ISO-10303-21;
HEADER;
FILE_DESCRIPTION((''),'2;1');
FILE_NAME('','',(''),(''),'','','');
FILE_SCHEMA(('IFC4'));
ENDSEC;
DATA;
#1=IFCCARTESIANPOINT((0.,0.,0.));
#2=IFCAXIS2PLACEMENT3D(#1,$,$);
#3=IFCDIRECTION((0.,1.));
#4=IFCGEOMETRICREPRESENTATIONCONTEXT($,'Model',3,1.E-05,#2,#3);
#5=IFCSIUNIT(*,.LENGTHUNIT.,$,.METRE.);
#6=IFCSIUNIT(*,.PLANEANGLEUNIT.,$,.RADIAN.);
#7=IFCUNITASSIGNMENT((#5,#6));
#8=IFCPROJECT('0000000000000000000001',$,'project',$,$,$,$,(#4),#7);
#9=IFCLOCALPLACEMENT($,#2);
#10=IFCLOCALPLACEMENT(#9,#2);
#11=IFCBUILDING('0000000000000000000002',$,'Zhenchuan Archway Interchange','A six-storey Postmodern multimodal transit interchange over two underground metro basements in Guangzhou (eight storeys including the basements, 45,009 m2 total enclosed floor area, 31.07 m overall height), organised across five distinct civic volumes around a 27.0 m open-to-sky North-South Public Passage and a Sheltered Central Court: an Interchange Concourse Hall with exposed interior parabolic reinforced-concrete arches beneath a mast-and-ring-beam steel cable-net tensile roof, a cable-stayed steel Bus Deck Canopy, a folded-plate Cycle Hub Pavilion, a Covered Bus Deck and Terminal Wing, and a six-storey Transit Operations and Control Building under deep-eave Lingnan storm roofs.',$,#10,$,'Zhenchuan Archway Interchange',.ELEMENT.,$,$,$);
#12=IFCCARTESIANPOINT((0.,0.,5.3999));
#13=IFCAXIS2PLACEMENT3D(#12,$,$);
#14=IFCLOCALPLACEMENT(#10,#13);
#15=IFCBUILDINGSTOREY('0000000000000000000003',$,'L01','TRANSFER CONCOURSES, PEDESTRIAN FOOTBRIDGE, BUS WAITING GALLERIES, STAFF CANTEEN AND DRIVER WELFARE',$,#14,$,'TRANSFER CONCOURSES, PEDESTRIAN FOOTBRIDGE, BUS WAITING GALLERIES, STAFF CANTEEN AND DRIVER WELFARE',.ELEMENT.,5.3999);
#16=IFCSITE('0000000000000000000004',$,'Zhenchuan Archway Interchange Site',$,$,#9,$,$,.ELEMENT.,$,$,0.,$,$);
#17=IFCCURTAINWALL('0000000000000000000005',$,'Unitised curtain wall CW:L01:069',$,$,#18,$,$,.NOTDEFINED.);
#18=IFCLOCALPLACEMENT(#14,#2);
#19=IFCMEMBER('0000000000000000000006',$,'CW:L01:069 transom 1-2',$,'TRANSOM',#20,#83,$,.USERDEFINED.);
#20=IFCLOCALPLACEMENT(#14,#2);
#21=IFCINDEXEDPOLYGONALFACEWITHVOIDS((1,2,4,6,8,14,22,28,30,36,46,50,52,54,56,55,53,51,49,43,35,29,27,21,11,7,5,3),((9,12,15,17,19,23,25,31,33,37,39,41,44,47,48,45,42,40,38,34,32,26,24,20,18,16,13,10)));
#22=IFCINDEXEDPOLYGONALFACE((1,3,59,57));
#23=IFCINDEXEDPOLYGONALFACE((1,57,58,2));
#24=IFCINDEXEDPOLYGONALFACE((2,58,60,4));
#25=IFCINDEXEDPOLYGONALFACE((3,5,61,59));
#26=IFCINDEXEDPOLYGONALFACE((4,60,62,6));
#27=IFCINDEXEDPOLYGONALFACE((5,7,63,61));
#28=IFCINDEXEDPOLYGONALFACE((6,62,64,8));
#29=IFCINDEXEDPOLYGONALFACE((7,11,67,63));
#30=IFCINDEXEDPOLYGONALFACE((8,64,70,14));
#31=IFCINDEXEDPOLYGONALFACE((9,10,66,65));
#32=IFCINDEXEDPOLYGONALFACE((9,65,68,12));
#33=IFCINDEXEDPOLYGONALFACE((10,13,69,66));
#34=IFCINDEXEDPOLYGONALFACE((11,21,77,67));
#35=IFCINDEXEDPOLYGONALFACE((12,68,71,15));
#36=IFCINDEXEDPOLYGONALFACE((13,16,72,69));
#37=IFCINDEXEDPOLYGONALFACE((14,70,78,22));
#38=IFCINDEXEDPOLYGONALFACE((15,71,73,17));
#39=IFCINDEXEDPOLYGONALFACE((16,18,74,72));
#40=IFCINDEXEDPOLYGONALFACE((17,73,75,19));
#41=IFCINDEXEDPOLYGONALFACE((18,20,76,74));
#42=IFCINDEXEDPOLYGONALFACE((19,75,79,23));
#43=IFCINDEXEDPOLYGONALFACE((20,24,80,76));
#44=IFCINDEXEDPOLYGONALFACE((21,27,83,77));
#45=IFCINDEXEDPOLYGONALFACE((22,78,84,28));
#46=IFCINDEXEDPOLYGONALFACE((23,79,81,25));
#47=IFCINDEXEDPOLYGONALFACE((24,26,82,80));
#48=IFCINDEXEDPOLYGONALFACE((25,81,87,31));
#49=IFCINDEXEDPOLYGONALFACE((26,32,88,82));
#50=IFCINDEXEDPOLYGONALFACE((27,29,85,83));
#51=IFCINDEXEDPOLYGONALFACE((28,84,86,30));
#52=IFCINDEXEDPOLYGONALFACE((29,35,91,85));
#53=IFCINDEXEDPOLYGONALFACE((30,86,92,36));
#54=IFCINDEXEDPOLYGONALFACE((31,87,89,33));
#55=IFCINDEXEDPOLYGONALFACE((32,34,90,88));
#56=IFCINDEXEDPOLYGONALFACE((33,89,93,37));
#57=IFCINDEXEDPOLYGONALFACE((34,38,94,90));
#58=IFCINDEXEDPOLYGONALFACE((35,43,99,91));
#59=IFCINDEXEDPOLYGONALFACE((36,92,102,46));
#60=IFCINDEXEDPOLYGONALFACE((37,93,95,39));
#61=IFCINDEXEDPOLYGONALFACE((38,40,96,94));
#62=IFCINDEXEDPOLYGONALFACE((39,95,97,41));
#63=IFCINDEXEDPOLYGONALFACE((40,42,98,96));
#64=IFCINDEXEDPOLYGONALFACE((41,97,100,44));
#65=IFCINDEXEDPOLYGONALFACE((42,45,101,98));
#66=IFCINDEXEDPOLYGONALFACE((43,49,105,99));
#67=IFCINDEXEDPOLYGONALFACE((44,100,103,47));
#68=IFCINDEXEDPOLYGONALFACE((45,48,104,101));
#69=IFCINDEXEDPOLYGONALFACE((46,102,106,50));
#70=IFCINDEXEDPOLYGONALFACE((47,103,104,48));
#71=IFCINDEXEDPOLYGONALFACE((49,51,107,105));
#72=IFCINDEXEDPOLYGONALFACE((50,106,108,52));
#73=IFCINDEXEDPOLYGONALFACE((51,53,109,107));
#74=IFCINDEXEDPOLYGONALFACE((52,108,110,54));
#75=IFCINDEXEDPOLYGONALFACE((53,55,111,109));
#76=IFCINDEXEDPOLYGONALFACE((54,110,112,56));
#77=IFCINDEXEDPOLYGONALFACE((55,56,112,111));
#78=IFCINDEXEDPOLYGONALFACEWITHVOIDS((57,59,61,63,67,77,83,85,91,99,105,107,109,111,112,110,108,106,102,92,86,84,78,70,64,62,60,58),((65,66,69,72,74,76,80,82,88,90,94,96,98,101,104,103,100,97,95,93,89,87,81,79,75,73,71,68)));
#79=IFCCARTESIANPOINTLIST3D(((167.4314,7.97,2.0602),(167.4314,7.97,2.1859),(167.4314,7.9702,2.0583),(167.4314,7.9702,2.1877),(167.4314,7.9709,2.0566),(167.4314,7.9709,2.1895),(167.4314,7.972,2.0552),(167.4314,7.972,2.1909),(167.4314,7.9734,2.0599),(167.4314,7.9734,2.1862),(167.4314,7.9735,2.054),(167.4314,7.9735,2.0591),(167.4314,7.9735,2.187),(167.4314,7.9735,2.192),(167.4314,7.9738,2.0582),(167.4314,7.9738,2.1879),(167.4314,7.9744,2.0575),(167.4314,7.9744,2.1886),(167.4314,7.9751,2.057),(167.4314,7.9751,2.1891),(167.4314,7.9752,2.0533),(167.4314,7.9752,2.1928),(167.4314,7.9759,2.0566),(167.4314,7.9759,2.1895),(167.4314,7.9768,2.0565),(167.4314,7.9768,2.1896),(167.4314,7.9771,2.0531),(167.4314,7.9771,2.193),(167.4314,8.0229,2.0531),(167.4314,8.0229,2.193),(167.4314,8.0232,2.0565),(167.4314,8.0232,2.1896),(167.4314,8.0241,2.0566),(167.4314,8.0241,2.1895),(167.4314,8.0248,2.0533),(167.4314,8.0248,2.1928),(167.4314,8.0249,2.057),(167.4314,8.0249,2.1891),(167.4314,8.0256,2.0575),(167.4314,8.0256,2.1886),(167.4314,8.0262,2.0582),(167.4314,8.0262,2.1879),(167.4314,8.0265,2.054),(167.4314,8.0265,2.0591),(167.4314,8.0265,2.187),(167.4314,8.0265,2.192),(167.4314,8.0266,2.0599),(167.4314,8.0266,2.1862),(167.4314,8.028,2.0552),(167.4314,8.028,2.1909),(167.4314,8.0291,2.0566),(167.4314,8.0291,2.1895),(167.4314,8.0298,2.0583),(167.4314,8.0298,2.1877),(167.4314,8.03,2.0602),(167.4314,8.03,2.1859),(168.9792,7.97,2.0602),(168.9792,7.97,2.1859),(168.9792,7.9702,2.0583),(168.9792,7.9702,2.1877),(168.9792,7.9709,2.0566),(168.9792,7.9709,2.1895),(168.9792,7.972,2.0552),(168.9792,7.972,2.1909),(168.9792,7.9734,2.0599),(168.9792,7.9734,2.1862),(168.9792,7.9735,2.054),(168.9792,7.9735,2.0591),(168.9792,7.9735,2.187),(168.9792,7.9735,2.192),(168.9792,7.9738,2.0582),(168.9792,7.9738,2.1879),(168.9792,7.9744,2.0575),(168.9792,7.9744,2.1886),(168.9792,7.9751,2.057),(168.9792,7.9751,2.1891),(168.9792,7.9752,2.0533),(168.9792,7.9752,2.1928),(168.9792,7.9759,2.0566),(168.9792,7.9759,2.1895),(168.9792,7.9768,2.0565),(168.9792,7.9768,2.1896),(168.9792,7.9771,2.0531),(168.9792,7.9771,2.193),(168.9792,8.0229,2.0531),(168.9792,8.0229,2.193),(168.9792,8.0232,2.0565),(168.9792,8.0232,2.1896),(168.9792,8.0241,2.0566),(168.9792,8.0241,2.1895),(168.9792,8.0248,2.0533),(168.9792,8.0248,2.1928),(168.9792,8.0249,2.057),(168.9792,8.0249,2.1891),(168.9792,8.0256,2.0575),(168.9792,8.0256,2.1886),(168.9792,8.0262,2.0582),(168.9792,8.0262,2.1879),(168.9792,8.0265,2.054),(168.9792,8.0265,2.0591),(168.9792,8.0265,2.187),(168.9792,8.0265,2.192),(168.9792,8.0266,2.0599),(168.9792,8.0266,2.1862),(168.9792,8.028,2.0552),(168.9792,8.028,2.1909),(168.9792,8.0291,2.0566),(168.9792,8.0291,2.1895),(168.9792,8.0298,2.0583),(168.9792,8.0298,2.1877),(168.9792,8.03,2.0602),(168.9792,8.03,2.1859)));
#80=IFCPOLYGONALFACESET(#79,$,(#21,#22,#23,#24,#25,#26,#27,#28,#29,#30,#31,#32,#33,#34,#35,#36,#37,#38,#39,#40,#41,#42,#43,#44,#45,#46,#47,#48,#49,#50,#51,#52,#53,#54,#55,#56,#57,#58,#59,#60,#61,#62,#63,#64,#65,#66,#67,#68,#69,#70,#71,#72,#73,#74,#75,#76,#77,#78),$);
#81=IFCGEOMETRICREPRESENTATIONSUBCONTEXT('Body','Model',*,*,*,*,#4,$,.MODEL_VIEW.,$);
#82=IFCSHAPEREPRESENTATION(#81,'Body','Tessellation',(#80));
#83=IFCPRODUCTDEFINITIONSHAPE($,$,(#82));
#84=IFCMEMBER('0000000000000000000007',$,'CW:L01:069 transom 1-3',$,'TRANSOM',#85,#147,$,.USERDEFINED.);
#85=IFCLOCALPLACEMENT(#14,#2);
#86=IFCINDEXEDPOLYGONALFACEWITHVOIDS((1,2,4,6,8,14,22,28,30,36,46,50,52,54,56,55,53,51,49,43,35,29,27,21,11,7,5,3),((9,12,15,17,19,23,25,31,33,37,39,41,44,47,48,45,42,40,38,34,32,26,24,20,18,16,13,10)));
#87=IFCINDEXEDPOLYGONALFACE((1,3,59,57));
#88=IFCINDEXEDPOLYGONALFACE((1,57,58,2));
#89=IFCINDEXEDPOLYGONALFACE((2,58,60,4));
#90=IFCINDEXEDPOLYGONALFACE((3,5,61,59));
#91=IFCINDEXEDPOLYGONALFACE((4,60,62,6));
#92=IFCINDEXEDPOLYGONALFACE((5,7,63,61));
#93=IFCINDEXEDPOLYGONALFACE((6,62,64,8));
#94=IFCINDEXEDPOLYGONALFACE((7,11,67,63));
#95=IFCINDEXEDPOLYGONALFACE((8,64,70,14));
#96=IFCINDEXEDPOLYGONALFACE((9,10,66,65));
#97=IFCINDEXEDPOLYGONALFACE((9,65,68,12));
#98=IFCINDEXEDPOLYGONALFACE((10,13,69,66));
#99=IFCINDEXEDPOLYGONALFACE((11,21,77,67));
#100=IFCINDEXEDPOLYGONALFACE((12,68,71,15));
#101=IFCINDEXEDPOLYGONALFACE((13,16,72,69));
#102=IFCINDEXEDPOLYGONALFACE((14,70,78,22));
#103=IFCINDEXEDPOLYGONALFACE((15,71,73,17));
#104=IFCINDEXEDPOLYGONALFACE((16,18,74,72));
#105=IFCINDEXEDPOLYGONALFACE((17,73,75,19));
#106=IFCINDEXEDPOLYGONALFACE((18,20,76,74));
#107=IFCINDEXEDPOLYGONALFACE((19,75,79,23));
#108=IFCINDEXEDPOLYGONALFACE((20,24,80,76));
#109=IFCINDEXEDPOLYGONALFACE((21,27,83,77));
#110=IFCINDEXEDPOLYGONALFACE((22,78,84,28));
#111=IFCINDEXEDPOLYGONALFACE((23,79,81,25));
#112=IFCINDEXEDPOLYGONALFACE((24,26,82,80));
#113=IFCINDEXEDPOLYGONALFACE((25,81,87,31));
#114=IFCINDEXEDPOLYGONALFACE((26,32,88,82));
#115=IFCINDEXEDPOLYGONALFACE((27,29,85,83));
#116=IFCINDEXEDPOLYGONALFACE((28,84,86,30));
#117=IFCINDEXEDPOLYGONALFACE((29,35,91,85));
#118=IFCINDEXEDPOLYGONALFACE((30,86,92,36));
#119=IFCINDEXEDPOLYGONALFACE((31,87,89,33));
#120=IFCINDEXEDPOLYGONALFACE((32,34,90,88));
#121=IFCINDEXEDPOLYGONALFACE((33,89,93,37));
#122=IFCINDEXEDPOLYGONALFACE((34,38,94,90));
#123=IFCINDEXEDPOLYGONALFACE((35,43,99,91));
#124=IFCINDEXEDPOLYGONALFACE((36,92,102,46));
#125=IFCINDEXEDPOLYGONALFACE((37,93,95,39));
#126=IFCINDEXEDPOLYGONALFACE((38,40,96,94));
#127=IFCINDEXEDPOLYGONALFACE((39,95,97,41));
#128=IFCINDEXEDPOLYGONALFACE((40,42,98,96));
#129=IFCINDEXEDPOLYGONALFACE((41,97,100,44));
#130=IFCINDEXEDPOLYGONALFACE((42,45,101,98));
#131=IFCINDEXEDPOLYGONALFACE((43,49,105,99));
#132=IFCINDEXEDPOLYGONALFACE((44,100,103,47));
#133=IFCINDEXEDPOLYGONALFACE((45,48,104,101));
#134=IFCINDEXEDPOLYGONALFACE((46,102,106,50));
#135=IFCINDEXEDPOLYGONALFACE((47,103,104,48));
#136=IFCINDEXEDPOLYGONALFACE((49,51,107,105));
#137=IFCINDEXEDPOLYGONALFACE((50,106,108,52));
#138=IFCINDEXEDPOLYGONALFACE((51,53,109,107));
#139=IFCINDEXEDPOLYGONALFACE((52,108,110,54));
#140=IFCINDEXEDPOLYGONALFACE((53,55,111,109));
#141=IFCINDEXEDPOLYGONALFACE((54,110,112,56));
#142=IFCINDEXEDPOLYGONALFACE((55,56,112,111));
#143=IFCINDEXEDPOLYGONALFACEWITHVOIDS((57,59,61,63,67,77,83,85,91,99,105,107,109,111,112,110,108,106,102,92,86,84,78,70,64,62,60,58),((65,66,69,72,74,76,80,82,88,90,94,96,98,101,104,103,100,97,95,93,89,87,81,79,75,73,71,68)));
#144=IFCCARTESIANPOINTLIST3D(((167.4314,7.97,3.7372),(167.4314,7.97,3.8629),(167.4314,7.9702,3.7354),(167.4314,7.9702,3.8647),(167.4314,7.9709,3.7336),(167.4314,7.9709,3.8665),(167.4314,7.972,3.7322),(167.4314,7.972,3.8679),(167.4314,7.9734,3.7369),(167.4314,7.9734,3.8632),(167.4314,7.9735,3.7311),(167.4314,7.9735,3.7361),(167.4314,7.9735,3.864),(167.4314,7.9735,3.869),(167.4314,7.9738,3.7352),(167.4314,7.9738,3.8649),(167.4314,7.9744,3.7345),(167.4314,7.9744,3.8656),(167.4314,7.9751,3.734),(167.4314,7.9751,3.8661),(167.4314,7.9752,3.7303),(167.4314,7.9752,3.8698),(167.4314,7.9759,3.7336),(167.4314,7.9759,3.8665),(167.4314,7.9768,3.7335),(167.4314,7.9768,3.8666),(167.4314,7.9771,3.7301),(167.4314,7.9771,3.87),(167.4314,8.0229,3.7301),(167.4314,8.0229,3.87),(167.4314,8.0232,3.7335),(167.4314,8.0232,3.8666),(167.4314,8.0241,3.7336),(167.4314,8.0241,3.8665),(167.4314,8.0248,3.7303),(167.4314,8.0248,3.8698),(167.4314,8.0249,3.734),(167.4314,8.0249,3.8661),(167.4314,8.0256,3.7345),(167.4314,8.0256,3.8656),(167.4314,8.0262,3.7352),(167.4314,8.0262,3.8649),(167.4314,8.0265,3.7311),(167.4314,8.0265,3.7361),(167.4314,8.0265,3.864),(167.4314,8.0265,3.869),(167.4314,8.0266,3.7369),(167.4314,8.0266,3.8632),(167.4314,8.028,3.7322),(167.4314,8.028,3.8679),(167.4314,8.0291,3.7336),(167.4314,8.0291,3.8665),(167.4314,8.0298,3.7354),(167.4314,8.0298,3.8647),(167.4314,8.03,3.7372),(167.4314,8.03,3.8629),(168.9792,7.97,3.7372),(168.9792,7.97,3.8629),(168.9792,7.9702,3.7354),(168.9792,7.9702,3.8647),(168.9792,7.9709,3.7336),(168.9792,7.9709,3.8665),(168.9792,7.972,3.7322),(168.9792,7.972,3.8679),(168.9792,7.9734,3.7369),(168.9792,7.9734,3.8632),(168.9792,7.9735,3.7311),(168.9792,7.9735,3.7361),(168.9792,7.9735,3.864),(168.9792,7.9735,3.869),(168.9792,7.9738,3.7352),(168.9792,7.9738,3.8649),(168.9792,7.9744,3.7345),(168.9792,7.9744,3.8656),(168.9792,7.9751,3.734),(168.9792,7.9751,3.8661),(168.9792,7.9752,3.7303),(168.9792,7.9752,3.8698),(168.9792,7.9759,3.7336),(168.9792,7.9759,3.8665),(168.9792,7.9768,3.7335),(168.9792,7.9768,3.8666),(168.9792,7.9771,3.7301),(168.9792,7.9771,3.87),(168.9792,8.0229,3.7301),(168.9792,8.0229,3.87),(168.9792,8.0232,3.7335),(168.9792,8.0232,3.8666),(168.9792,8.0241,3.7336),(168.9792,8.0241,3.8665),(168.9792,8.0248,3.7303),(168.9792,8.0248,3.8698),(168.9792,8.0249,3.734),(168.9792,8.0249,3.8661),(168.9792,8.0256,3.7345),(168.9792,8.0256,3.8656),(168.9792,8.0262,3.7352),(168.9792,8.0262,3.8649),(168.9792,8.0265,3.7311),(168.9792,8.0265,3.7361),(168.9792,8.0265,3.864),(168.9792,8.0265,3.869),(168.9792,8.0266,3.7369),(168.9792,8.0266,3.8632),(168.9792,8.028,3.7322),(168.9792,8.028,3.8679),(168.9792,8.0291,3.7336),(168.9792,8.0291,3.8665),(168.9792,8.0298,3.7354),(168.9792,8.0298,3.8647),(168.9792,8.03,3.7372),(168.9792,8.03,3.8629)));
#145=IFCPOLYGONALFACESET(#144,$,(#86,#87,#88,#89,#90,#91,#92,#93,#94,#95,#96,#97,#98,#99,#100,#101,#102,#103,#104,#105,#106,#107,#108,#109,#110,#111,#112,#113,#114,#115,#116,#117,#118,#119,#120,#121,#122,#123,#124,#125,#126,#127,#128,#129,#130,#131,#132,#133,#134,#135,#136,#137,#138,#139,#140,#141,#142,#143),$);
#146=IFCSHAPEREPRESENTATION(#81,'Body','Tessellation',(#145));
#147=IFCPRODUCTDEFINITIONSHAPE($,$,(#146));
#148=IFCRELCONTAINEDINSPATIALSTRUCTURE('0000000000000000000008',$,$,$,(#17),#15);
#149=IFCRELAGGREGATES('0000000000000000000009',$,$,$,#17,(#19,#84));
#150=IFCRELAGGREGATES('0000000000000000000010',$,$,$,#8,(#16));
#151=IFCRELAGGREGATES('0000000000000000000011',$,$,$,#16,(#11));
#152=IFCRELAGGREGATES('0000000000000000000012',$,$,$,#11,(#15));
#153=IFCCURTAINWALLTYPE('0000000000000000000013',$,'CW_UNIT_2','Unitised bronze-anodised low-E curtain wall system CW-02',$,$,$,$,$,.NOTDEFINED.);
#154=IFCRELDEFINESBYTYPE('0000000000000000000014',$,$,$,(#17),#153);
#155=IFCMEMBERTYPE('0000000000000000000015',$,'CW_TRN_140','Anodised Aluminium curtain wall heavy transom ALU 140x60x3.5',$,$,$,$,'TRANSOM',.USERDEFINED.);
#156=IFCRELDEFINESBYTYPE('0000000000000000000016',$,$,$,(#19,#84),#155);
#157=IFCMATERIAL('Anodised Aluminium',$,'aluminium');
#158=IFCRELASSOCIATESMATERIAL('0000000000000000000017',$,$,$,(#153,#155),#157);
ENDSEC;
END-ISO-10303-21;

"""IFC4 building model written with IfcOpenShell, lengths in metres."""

from ifc_helpers import new_model, si_unit, direction, frame, origin, origin_2d, place, context, subcontext, project, spatial, hollow_rectangle, extrude, material, material_profile, profile_set, type_object, element, aggregate, save


model = new_model("IFC4")

# Units and contexts
model_context = context("Model", 3, precision=1e-05, world=origin(), true_north=direction((0.0, 1.0)))
body_context = subcontext(model_context, "Body", "Model", "MODEL_VIEW")
ifc_project = project(units=[si_unit("LENGTHUNIT", "METRE"), si_unit("PLANEANGLEUNIT", "RADIAN")], contexts=[model_context])

# Site, building, storey
site_placement = place(None, origin())
site = spatial("IfcSite", under=ifc_project, at=site_placement, Name="Zhenchuan Archway Interchange Site", CompositionType="ELEMENT", RefElevation=0.0)
building_placement = place(site_placement, origin())
building = spatial("IfcBuilding", under=site, at=building_placement, Name="Zhenchuan Archway Interchange", Description="A six-storey Postmodern multimodal transit interchange over two underground metro basements in Guangzhou (eight storeys including the basements, 45,009 m2 total enclosed floor area, 31.07 m overall height), organised across five distinct civic volumes around a 27.0 m open-to-sky North-South Public Passage and a Sheltered Central Court: an Interchange Concourse Hall with exposed interior parabolic reinforced-concrete arches beneath a mast-and-ring-beam steel cable-net tensile roof, a cable-stayed steel Bus Deck Canopy, a folded-plate Cycle Hub Pavilion, a Covered Bus Deck and Terminal Wing, and a six-storey Transit Operations and Control Building under deep-eave Lingnan storm roofs.", LongName="Zhenchuan Archway Interchange", CompositionType="ELEMENT")
storey_placement = place(building_placement, frame((0.0, 0.0, 5.3999)))
storey = spatial("IfcBuildingStorey", under=building, at=storey_placement, Name="L01", Description="TRANSFER CONCOURSES, PEDESTRIAN FOOTBRIDGE, BUS WAITING GALLERIES, STAFF CANTEEN AND DRIVER WELFARE", LongName="TRANSFER CONCOURSES, PEDESTRIAN FOOTBRIDGE, BUS WAITING GALLERIES, STAFF CANTEEN AND DRIVER WELFARE", CompositionType="ELEMENT", Elevation=5.3999)

# Curtain wall, members
ifc_material_1 = material(Name="Anodised Aluminium", Category="aluminium")
curtain_wall_type = type_object("IfcCurtainWallType", Name="CW_UNIT_2", Description="Unitised bronze-anodised low-E curtain wall system CW-02", PredefinedType="NOTDEFINED", material=ifc_material_1)
curtain_wall_placement = place(storey_placement, origin())
curtain_wall = element("IfcCurtainWall", 1, at=curtain_wall_placement, inside=storey, type_object=curtain_wall_type, Name="Unitised curtain wall CW:L01:069", PredefinedType="NOTDEFINED")
ifc_material_profile_1 = material_profile(ifc_material_1, hollow_rectangle(XDim=0.0601, YDim=0.1399, WallThickness=0.0034, InnerFilletRadius=0.0034, OuterFilletRadius=0.0071, at=origin_2d()), Name="ALU 140x60x3.5")
ifc_profile_set_1 = profile_set([ifc_material_profile_1], Name="Anodised Aluminium")
member_type_1 = type_object("IfcMemberType", Name="CW_TRN_140", Description="Anodised Aluminium curtain wall heavy transom ALU 140x60x3.5", ElementType="TRANSOM", PredefinedType="USERDEFINED", material=ifc_profile_set_1)
member_1_placement = place(storey_placement, frame((168.9792, 8.0, 2.123), z_axis=(-1.0, 0.0, 0.0), x_axis=(0.0, -1.0, 0.0)))
member_1 = element("IfcMember", 2, at=member_1_placement, type_object=member_type_1, Name="CW:L01:069 transom 1-2", ObjectType="TRANSOM", PredefinedType="USERDEFINED", context=body_context, shape_type="SweptSolid", body=[
    extrude(hollow_rectangle(XDim=0.0601, YDim=0.1399, WallThickness=0.0034, InnerFilletRadius=0.0034, OuterFilletRadius=0.0071, at=origin_2d()), origin(), (0.0, 0.0, 1.0), 1.5479),
])
member_2_placement = place(storey_placement, frame((168.9792, 8.0, 3.8), z_axis=(-1.0, 0.0, 0.0), x_axis=(0.0, -1.0, 0.0)))
member_2 = element("IfcMember", 3, at=member_2_placement, type_object=member_type_1, Name="CW:L01:069 transom 1-3", ObjectType="TRANSOM", PredefinedType="USERDEFINED", context=body_context, shape_type="SweptSolid", body=[
    extrude(hollow_rectangle(XDim=0.0601, YDim=0.1399, WallThickness=0.0034, InnerFilletRadius=0.0034, OuterFilletRadius=0.0071, at=origin_2d()), origin(), (0.0, 0.0, 1.0), 1.5479),
])

aggregate(curtain_wall, [member_1, member_2])

save(model, "model.ifc")
